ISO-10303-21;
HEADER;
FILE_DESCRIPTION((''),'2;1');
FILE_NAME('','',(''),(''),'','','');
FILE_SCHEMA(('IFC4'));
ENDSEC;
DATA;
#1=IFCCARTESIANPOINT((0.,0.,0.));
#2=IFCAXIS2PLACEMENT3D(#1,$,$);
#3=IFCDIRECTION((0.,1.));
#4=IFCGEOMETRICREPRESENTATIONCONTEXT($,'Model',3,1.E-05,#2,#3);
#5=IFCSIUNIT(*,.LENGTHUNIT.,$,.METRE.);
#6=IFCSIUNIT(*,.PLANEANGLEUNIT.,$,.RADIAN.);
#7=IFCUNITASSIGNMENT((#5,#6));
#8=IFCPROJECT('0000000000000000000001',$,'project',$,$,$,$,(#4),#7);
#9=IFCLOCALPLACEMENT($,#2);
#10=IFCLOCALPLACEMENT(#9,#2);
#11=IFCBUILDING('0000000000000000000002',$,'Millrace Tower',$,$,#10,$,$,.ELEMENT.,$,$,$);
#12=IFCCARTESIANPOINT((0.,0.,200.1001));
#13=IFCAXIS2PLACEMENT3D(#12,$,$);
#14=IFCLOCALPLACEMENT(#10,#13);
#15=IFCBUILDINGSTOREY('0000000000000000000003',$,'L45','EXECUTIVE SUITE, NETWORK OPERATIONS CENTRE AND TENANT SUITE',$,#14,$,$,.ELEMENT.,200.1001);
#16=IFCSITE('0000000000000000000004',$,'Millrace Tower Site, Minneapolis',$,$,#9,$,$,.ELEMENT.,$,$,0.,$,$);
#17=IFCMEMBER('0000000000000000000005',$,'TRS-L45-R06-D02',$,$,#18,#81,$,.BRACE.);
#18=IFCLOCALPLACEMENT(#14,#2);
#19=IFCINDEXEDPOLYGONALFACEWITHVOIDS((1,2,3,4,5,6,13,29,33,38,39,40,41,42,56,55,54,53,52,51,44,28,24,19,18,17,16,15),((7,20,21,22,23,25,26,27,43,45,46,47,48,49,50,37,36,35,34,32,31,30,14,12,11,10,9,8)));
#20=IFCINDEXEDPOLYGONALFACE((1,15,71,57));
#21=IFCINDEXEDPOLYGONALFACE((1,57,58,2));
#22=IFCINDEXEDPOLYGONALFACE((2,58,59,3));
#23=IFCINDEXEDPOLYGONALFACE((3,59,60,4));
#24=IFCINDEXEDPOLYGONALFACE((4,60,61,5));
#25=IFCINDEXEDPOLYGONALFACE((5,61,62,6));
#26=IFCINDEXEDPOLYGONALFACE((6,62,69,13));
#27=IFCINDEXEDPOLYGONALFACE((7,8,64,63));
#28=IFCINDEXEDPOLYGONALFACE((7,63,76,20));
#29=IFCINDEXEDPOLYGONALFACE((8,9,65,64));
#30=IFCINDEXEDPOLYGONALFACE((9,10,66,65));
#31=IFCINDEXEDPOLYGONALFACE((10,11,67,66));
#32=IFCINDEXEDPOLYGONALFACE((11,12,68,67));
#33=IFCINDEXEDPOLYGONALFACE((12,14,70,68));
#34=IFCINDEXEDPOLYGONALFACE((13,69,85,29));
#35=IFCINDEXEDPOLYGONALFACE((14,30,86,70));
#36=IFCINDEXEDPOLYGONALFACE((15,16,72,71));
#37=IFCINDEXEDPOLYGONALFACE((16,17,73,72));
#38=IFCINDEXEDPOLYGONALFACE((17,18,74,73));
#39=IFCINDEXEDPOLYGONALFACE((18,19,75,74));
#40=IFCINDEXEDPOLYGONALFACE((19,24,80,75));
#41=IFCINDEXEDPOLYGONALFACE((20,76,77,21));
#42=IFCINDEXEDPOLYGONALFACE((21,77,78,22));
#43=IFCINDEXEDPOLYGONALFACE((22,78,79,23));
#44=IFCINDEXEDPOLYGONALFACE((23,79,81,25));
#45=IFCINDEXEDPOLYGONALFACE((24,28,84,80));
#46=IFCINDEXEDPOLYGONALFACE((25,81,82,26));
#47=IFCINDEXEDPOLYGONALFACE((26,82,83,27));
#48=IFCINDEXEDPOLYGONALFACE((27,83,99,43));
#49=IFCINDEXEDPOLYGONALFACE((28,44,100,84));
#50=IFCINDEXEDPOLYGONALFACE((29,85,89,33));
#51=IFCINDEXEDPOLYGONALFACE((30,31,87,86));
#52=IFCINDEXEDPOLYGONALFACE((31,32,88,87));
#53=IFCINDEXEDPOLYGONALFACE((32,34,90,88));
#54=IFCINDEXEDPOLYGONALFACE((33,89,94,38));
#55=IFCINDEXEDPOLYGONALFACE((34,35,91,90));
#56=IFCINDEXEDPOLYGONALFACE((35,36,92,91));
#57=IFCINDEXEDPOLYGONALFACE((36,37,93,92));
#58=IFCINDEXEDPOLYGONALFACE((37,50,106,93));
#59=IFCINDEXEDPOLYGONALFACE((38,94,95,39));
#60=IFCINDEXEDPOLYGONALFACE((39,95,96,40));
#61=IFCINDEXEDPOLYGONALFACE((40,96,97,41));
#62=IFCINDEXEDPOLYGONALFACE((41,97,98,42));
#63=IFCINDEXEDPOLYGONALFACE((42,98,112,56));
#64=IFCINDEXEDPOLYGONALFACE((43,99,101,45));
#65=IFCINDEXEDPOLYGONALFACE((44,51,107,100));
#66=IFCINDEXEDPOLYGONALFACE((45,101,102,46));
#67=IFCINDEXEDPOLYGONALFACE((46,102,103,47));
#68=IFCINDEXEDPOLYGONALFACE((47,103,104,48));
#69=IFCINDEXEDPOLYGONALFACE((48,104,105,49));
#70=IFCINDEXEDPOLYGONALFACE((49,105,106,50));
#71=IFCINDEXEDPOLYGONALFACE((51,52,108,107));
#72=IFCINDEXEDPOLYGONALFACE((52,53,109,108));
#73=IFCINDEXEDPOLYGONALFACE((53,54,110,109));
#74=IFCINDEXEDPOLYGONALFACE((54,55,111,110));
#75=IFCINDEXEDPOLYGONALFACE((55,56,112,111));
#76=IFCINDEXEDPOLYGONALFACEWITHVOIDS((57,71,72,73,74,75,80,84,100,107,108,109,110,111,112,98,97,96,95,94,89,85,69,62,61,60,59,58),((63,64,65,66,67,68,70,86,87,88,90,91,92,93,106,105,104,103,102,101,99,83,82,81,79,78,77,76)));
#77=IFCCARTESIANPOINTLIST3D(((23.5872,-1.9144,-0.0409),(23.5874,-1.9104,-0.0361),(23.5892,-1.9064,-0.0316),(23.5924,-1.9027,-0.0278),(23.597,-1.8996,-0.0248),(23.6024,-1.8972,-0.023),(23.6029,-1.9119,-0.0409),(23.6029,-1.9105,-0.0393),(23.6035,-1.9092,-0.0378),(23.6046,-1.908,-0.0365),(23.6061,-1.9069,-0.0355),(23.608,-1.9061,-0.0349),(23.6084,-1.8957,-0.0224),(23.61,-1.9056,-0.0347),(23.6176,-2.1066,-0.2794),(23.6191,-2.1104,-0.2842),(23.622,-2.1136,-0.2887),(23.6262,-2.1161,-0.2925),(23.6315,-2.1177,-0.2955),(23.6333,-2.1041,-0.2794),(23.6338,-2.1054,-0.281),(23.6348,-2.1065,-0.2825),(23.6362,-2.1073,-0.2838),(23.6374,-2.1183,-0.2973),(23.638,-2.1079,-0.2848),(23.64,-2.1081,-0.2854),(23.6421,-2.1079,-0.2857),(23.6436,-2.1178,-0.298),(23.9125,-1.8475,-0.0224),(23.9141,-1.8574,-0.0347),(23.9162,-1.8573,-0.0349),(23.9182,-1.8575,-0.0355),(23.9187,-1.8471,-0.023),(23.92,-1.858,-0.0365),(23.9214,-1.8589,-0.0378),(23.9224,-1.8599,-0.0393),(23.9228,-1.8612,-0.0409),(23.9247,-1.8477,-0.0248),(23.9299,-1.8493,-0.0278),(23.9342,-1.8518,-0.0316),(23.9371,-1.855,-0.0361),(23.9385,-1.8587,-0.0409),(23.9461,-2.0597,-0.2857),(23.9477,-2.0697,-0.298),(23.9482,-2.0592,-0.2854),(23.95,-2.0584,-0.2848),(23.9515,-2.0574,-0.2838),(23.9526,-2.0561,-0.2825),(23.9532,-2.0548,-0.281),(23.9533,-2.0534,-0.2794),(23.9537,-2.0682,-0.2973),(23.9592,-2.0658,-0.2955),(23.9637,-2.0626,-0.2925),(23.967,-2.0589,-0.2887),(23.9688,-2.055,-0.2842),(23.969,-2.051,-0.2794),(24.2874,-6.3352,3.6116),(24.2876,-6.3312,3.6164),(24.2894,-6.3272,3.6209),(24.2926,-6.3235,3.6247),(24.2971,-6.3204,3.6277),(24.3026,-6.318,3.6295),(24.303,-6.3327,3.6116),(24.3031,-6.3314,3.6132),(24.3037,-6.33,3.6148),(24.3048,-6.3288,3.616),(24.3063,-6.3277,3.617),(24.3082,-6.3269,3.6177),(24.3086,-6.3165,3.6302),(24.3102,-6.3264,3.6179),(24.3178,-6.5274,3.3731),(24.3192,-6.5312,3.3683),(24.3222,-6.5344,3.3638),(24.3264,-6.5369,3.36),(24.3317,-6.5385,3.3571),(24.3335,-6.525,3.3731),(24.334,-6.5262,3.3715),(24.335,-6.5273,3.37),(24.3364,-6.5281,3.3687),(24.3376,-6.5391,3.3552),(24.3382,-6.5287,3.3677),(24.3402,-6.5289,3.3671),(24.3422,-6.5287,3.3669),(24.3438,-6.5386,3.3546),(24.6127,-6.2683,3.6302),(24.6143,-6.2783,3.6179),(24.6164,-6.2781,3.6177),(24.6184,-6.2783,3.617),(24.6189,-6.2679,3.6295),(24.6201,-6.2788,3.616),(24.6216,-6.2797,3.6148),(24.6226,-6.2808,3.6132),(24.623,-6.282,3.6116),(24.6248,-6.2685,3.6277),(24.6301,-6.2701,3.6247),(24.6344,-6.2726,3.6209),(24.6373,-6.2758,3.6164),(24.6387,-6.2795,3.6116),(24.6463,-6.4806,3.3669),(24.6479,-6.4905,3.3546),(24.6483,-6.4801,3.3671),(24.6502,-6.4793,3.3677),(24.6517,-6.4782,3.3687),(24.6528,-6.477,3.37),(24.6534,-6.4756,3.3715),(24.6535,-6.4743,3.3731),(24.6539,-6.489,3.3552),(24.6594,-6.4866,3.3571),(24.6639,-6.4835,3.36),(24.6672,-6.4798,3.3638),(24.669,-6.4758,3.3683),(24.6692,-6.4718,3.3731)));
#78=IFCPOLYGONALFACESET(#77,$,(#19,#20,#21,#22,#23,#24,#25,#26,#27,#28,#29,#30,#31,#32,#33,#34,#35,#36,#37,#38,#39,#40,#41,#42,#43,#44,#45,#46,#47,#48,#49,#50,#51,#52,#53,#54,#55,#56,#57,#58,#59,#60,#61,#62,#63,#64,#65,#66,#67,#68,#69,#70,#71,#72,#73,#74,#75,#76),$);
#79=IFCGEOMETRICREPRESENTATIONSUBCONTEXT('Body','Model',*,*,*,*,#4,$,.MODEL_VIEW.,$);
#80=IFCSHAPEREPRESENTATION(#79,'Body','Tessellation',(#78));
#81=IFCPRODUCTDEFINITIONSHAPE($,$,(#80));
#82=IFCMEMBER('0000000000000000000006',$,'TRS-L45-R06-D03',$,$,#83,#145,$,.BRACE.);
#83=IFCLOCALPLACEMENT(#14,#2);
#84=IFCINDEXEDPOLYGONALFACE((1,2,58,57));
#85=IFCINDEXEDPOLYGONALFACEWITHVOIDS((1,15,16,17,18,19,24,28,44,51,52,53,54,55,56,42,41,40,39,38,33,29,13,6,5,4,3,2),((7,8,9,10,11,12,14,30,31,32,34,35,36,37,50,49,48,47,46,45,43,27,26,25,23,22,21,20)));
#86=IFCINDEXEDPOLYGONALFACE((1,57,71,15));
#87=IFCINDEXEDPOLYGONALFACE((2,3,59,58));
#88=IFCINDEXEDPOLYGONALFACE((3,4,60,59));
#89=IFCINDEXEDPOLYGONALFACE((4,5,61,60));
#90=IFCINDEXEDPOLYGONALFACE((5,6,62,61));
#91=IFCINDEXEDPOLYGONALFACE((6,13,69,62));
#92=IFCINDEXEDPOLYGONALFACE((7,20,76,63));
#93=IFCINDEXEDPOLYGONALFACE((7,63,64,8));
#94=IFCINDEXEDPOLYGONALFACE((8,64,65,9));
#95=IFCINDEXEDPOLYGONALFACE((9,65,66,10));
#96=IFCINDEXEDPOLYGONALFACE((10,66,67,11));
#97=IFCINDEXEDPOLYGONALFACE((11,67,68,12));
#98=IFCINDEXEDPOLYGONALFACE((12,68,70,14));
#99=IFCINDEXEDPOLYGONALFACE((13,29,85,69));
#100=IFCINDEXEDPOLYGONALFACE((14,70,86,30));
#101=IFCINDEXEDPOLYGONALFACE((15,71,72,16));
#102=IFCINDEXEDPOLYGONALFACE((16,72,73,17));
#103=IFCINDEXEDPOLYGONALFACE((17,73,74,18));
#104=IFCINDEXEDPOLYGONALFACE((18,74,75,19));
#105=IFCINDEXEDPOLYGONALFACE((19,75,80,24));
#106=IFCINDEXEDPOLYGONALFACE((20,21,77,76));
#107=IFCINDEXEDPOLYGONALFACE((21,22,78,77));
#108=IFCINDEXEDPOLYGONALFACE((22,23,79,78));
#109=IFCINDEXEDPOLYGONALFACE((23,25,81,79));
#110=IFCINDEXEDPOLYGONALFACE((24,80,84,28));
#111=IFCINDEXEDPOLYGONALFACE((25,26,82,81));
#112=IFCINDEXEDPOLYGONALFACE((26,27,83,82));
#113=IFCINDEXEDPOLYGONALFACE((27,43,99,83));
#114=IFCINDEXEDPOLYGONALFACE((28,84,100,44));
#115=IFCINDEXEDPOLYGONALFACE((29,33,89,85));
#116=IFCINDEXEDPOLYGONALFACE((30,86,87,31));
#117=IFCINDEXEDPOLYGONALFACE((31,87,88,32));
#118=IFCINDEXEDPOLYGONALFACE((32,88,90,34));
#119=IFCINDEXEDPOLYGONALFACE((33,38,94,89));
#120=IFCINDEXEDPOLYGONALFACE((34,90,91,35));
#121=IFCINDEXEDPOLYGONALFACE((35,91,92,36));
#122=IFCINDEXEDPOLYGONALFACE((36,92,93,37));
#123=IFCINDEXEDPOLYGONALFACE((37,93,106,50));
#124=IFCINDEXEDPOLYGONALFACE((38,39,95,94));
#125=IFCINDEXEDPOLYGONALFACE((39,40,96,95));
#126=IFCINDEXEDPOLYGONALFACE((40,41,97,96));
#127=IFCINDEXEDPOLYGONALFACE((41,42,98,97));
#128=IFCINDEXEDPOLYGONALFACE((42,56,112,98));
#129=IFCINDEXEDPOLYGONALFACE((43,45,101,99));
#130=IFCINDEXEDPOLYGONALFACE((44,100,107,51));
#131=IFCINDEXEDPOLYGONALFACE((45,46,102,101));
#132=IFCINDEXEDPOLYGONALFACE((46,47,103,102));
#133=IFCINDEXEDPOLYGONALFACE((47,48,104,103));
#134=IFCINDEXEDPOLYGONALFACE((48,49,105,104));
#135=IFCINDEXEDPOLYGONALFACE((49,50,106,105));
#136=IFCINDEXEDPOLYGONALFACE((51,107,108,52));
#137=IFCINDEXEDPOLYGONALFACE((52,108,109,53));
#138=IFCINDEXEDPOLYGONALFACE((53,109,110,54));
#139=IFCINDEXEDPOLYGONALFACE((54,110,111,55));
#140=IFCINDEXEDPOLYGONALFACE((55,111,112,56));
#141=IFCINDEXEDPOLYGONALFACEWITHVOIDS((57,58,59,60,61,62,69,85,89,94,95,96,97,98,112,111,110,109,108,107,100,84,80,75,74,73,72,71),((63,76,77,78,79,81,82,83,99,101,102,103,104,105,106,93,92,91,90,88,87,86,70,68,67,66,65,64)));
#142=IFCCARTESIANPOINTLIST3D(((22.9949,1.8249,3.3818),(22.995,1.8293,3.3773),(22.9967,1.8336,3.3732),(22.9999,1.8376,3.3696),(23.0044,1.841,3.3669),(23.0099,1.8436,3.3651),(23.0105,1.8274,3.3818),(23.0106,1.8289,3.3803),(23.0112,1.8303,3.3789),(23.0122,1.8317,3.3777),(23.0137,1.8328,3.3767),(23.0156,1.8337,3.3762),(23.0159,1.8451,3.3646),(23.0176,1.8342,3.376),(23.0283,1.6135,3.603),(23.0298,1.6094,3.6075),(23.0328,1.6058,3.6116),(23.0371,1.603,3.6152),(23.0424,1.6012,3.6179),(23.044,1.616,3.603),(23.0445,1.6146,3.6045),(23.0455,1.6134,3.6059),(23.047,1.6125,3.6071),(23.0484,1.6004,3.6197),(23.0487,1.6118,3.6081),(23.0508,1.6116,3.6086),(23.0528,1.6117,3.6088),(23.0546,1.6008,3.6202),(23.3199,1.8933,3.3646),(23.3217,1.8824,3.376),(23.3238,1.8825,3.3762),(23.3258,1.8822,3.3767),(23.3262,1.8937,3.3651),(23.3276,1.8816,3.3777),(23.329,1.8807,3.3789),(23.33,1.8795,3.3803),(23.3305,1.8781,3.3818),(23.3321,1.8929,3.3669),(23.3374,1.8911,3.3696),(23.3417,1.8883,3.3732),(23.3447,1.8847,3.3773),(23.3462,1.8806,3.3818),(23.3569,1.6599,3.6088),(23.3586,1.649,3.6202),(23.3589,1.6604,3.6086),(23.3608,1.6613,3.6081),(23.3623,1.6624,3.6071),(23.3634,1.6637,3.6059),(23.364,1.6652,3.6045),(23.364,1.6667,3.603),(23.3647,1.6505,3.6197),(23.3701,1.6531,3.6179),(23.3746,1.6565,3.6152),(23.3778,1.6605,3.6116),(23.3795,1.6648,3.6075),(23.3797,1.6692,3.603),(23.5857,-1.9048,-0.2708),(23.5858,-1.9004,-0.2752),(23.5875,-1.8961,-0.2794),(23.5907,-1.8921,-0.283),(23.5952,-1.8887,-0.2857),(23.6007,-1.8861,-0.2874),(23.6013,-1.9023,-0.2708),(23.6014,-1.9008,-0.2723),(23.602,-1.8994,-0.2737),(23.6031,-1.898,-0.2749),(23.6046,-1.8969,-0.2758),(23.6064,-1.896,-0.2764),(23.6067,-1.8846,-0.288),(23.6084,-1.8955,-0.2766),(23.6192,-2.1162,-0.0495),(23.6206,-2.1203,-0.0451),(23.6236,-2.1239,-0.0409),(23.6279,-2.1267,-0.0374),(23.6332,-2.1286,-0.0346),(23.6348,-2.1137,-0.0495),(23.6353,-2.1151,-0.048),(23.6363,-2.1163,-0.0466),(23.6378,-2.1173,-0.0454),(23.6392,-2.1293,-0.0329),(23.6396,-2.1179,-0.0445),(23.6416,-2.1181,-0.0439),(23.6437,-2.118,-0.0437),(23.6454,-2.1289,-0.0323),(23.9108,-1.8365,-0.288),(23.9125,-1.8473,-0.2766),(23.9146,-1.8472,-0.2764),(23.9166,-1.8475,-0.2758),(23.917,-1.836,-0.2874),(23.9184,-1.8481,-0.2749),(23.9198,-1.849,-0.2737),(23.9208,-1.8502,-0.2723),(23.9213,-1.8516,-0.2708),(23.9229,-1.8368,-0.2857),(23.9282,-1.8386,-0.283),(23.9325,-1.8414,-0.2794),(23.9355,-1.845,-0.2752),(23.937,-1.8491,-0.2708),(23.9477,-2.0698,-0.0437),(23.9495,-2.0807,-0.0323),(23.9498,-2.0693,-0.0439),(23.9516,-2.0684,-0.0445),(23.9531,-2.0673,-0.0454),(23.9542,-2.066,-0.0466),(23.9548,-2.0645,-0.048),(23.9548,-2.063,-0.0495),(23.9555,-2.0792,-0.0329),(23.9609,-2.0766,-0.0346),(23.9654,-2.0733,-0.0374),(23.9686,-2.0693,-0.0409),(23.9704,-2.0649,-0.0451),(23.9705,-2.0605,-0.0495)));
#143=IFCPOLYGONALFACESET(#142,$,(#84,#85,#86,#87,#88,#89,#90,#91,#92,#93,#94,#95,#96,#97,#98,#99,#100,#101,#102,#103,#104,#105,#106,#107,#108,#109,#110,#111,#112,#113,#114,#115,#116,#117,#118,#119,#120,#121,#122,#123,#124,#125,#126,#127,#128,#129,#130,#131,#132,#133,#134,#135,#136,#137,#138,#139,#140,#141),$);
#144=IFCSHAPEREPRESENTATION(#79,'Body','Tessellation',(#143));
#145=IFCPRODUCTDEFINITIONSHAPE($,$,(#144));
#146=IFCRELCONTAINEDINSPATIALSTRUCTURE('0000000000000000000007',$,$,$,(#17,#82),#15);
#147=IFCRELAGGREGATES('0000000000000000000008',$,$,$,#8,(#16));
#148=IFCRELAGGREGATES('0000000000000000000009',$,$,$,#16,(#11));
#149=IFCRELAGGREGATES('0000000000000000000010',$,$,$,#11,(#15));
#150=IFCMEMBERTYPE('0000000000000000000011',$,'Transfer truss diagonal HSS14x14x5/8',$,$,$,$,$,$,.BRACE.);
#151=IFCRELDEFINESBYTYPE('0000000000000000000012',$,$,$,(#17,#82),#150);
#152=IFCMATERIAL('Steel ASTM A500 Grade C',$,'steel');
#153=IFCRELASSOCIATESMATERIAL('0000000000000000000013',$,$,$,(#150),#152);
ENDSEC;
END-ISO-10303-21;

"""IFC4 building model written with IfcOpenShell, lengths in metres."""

from ifc_helpers import new_model, si_unit, direction, frame, origin, origin_2d, place, context, subcontext, project, spatial, hollow_rectangle, extrude, material, material_profile, profile_set, type_object, element, save


model = new_model("IFC4")

# Units and contexts
model_context = context("Model", 3, precision=1e-05, world=origin(), true_north=direction((0.0, 1.0)))
body_context = subcontext(model_context, "Body", "Model", "MODEL_VIEW")
ifc_project = project(units=[si_unit("LENGTHUNIT", "METRE"), si_unit("PLANEANGLEUNIT", "RADIAN")], contexts=[model_context])

# Site, building, storey
site_placement = place(None, origin())
site = spatial("IfcSite", under=ifc_project, at=site_placement, Name="Millrace Tower Site, Minneapolis", CompositionType="ELEMENT", RefElevation=0.0)
building_placement = place(site_placement, origin())
building = spatial("IfcBuilding", under=site, at=building_placement, Name="Millrace Tower", CompositionType="ELEMENT")
storey_placement = place(building_placement, frame((0.0, 0.0, 200.1001)))
storey = spatial("IfcBuildingStorey", under=building, at=storey_placement, Name="L45", Description="EXECUTIVE SUITE, NETWORK OPERATIONS CENTRE AND TENANT SUITE", CompositionType="ELEMENT", Elevation=200.1001)

# Members
ifc_material_1 = material(Name="Steel ASTM A500 Grade C", Category="steel")
ifc_material_profile_1 = material_profile(ifc_material_1, hollow_rectangle(XDim=0.3557, YDim=0.3557, WallThickness=0.0159, InnerFilletRadius=0.0081, OuterFilletRadius=0.0239, at=origin_2d()))
ifc_profile_set_1 = profile_set([ifc_material_profile_1], Name="Steel ASTM A500 Grade C")
member_type_1 = type_object("IfcMemberType", Name="Transfer truss diagonal HSS14x14x5/8", PredefinedType="BRACE", material=ifc_profile_set_1)
member_1_placement = place(storey_placement, frame((23.7781, -1.9827, -0.1602), z_axis=(0.1212, -0.765232, 0.632242), x_axis=(0.987689, 0.156433, 0.0)))
element("IfcMember", 1, at=member_1_placement, inside=storey, type_object=member_type_1, Name="TRS-L45-R06-D02", PredefinedType="BRACE", context=body_context, shape_type="SweptSolid", body=[
    extrude(hollow_rectangle(XDim=0.3557, YDim=0.3557, WallThickness=0.0159, InnerFilletRadius=0.0081, OuterFilletRadius=0.0239, at=origin_2d()), origin(), (0.0, 0.0, 1.0), 5.7771),
])
member_2_placement = place(storey_placement, frame((23.7781, -1.9827, -0.1602), z_axis=(-0.112458, 0.709925, 0.695241), x_axis=(-0.987685, -0.156457, 0.0)))
element("IfcMember", 2, at=member_2_placement, inside=storey, type_object=member_type_1, Name="TRS-L45-R06-D03", PredefinedType="BRACE", context=body_context, shape_type="SweptSolid", body=[
    extrude(hollow_rectangle(XDim=0.3557, YDim=0.3557, WallThickness=0.0159, InnerFilletRadius=0.0081, OuterFilletRadius=0.0239, at=origin_2d()), origin(), (0.0, 0.0, 1.0), 5.2537),
])

save(model, "model.ifc")
